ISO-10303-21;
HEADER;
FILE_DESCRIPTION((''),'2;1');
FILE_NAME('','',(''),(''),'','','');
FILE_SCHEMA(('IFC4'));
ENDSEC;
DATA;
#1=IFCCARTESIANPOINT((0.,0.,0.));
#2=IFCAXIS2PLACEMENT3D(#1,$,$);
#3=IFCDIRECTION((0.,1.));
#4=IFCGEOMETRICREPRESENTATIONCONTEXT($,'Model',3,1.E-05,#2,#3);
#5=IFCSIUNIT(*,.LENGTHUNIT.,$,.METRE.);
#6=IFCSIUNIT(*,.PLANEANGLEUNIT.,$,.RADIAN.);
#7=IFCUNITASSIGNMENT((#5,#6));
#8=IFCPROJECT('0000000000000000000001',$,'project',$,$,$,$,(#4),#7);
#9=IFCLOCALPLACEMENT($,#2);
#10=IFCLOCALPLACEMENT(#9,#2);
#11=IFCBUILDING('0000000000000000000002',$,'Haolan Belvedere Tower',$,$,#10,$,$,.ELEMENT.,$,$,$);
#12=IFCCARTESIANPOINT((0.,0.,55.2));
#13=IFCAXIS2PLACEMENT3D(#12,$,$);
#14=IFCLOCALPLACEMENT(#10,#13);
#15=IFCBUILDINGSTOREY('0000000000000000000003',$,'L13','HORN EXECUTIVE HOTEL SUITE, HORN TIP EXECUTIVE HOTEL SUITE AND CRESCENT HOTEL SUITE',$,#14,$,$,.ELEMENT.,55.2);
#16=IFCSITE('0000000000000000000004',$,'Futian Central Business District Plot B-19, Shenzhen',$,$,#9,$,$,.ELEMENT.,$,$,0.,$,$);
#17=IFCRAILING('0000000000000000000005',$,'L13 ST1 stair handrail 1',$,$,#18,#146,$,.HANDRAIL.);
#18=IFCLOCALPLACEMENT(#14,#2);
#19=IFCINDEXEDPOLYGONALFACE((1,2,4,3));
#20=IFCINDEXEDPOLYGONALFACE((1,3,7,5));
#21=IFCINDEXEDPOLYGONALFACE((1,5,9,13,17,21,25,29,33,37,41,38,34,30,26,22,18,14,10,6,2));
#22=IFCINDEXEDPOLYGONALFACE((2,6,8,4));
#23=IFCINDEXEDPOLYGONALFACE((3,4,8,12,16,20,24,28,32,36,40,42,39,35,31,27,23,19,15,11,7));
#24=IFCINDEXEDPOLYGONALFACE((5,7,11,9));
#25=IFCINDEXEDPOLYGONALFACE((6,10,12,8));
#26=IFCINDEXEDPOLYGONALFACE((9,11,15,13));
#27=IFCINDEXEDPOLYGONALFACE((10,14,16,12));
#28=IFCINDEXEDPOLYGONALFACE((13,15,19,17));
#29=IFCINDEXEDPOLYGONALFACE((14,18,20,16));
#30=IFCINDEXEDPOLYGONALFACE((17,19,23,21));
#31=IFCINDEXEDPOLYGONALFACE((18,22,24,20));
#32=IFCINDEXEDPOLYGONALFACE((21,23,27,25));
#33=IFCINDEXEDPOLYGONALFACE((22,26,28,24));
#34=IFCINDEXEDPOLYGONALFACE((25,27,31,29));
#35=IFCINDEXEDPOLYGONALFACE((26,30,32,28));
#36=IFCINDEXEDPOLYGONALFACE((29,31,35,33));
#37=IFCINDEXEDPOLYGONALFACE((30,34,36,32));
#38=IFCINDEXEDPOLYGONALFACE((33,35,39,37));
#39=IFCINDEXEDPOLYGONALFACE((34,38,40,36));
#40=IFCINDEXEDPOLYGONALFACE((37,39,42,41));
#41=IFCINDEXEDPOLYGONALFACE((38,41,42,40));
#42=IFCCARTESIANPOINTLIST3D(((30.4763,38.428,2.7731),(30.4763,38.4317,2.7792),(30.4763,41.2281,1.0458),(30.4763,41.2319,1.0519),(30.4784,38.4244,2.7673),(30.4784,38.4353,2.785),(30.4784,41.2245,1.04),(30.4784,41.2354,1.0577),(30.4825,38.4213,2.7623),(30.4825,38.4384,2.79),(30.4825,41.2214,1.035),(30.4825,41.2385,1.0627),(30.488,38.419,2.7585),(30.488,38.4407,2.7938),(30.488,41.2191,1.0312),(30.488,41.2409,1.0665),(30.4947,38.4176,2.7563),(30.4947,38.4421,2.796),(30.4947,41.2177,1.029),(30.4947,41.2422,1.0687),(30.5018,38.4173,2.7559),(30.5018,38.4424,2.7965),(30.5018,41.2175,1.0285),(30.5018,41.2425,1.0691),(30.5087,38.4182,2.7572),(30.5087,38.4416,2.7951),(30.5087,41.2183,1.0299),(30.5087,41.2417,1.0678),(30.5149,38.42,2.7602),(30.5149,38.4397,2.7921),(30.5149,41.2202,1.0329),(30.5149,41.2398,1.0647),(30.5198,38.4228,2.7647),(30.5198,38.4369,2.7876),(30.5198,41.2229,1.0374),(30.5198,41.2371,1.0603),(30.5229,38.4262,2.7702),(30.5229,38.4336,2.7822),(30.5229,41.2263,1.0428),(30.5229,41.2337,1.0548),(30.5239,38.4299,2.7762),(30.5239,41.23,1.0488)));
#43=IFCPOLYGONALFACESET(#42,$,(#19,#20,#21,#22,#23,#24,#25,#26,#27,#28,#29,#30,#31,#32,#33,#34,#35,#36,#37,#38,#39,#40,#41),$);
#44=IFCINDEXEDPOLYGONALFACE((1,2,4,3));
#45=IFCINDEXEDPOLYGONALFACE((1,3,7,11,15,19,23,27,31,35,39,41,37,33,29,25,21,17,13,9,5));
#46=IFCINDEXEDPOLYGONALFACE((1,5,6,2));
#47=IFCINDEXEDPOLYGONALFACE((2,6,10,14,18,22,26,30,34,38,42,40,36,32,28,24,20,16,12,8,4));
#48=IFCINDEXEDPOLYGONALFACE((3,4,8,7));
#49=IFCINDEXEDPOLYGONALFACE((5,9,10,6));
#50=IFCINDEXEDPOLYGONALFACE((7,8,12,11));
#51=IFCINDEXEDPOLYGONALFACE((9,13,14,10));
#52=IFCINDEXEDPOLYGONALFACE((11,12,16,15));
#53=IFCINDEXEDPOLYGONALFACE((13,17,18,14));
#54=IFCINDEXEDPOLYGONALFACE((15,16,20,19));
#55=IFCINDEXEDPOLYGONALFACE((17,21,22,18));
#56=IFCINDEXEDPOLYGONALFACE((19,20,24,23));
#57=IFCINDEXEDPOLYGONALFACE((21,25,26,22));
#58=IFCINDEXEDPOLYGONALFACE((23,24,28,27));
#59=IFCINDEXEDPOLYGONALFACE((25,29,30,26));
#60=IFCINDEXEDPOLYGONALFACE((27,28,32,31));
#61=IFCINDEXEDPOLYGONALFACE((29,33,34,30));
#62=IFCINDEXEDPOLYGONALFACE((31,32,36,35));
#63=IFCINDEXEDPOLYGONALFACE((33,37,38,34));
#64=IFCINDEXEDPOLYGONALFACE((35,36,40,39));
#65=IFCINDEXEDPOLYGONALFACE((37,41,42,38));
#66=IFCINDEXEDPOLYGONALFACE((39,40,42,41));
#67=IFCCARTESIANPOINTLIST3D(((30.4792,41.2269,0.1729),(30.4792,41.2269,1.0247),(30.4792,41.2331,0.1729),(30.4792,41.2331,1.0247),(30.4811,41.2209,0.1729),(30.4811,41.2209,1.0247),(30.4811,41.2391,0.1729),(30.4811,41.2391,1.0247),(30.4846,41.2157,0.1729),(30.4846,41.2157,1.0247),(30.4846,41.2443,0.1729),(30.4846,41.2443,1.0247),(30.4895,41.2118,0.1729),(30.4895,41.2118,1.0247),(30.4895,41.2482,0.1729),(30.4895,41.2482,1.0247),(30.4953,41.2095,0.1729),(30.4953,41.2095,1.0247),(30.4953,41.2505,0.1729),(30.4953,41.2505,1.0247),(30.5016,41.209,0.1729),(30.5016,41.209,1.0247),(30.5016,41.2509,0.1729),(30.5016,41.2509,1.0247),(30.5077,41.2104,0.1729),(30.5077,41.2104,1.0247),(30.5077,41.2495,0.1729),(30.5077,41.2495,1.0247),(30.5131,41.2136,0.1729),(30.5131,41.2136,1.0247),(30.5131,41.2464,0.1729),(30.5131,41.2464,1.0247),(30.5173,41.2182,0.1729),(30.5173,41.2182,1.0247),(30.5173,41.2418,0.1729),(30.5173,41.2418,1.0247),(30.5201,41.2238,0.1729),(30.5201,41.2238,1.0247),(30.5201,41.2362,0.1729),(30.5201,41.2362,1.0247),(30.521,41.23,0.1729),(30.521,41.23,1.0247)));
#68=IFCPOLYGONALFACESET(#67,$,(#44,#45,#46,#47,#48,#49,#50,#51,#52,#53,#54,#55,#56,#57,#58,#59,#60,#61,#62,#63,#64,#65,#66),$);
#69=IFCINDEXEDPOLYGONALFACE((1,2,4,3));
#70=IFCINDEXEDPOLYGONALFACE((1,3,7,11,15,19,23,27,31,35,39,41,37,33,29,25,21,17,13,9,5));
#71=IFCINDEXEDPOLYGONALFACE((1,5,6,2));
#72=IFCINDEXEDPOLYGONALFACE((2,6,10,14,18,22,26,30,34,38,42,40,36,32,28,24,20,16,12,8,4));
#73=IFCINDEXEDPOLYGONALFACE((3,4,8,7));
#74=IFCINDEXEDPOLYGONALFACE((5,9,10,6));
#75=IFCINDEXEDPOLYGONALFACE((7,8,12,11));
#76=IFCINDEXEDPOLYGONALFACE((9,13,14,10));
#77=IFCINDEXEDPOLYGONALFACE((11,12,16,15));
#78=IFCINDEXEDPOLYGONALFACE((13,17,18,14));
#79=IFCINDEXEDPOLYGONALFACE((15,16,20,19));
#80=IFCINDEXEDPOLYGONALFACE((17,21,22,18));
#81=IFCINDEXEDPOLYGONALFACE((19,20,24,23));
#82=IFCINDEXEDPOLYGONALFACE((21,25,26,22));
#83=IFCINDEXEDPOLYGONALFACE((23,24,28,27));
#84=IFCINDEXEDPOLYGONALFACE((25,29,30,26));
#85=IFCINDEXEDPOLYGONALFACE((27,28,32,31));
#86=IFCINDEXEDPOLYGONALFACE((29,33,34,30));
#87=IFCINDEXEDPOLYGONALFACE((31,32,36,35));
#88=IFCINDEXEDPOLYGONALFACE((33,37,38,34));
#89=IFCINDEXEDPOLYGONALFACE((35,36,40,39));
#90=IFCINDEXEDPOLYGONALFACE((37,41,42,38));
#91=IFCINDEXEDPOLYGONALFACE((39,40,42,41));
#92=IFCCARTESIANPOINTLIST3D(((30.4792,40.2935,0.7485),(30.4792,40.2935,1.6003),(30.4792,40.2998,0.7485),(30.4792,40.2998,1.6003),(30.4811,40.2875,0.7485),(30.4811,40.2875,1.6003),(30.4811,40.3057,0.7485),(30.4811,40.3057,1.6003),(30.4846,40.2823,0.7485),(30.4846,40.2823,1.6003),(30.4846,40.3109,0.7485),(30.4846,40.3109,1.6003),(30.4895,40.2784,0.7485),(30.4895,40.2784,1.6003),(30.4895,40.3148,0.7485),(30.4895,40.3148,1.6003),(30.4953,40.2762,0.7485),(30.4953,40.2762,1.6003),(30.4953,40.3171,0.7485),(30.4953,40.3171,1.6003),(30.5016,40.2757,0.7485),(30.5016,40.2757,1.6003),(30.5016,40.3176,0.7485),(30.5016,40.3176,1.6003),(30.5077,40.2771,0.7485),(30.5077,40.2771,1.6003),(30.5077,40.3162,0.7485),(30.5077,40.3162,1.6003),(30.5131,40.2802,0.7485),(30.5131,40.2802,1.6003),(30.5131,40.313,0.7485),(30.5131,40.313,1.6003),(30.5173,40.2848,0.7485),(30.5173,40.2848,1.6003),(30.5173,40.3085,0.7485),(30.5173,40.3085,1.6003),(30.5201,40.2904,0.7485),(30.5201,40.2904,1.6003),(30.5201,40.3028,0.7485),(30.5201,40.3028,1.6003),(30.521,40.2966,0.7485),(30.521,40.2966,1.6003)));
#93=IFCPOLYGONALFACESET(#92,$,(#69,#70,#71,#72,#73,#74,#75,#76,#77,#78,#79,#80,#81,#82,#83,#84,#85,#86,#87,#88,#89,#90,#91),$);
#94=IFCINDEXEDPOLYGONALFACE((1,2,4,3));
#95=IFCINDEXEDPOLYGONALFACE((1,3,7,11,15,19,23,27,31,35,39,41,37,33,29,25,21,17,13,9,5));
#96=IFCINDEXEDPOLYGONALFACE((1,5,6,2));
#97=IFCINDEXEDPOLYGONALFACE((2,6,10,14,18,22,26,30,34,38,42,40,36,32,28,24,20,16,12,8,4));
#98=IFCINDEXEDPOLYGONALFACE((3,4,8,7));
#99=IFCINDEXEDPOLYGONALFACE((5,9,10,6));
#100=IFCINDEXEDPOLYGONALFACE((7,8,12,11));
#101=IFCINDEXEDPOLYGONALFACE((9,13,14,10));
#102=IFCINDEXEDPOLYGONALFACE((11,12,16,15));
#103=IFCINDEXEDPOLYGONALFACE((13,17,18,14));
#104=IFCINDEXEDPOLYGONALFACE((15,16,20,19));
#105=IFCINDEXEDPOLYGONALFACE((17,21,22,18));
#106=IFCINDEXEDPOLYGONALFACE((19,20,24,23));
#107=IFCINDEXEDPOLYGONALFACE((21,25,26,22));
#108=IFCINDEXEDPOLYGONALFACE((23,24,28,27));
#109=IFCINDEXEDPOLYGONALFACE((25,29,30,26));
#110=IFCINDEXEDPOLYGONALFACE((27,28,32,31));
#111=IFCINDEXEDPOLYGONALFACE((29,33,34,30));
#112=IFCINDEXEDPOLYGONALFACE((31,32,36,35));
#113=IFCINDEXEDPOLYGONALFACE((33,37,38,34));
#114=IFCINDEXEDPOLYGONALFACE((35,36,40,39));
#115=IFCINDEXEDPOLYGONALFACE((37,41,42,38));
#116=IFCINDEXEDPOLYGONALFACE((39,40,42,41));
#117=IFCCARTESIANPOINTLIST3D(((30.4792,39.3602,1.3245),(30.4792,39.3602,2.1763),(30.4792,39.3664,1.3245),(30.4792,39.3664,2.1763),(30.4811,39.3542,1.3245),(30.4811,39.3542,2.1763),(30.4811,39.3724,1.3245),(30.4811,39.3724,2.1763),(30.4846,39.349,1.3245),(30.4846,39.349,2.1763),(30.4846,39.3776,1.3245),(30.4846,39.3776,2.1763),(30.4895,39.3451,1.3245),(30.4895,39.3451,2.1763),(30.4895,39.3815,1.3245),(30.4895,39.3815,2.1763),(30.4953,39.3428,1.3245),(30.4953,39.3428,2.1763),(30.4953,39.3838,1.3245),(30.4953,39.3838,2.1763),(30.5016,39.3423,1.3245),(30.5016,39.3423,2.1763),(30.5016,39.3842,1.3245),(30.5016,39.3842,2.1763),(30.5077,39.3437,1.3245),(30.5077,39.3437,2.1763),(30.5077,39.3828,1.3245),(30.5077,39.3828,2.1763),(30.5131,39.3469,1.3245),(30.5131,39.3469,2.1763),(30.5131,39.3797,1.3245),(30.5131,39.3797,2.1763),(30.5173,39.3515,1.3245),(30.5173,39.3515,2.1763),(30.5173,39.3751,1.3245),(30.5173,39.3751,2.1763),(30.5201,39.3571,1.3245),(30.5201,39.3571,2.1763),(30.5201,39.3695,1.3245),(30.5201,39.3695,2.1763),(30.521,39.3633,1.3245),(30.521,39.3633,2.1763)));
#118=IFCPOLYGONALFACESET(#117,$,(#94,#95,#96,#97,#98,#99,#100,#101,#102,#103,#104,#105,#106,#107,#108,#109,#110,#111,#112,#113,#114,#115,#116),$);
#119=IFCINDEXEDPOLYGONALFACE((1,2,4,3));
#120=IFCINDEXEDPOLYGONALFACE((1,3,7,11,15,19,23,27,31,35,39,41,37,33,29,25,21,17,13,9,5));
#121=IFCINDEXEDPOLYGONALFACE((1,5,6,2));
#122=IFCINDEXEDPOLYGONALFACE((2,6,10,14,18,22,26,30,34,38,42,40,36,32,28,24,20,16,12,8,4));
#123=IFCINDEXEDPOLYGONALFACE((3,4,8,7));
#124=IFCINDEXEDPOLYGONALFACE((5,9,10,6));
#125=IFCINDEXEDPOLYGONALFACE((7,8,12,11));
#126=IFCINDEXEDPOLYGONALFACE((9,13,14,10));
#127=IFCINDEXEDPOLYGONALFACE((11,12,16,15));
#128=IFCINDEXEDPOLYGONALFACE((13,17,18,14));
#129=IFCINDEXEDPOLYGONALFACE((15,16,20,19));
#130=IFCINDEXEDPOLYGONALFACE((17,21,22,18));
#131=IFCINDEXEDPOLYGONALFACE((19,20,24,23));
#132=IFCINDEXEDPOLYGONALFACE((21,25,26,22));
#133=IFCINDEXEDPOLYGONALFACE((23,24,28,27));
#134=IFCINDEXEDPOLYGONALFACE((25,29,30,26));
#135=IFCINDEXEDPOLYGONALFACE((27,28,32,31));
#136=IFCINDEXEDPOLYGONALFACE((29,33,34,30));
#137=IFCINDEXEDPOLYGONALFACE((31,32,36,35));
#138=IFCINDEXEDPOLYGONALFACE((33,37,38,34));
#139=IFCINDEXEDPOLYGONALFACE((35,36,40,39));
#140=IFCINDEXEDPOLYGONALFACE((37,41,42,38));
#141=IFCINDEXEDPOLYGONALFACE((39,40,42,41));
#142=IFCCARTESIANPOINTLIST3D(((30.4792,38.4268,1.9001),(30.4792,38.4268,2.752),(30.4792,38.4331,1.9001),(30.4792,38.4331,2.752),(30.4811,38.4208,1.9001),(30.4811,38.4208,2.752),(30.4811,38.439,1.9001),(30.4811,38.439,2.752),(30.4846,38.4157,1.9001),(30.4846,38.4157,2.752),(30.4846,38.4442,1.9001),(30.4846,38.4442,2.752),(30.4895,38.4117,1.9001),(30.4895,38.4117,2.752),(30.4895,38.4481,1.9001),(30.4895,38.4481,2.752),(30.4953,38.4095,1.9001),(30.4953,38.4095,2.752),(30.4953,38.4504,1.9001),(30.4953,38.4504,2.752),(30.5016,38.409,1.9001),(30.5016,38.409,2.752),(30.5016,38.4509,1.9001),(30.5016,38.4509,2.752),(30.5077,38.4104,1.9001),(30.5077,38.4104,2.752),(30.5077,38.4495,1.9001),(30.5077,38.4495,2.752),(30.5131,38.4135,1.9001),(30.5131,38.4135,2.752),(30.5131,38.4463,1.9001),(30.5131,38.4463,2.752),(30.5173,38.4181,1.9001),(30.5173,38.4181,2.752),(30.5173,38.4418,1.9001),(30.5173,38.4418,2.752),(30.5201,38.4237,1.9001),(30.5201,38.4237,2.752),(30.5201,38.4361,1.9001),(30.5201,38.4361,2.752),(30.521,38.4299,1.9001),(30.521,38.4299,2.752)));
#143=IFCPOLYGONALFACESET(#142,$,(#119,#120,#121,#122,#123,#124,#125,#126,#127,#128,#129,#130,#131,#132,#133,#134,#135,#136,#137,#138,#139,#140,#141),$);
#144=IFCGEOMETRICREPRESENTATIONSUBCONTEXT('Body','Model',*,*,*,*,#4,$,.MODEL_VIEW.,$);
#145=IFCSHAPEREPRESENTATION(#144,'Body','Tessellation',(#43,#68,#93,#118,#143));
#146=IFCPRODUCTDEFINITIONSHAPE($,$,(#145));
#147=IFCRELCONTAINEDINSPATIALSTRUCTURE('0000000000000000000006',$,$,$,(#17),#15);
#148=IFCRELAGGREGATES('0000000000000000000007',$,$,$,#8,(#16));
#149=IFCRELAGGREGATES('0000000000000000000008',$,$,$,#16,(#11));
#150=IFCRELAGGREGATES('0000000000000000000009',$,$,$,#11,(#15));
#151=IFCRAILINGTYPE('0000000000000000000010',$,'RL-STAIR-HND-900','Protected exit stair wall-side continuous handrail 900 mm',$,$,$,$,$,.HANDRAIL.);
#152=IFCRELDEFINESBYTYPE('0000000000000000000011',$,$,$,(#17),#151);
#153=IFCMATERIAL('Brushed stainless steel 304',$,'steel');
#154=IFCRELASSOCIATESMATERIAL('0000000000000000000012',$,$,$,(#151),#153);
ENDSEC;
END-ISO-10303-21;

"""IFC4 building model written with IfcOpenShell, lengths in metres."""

from ifc_helpers import new_model, si_unit, direction, frame, origin, origin_2d, place, context, subcontext, project, spatial, circle, extrude, material, type_object, element, save


model = new_model("IFC4")

# Units and contexts
model_context = context("Model", 3, precision=1e-05, world=origin(), true_north=direction((0.0, 1.0)))
body_context = subcontext(model_context, "Body", "Model", "MODEL_VIEW")
ifc_project = project(units=[si_unit("LENGTHUNIT", "METRE"), si_unit("PLANEANGLEUNIT", "RADIAN")], contexts=[model_context])

# Site, building, storey
site_placement = place(None, origin())
site = spatial("IfcSite", under=ifc_project, at=site_placement, Name="Futian Central Business District Plot B-19, Shenzhen", CompositionType="ELEMENT", RefElevation=0.0)
building_placement = place(site_placement, origin())
building = spatial("IfcBuilding", under=site, at=building_placement, Name="Haolan Belvedere Tower", CompositionType="ELEMENT")
storey_placement = place(building_placement, frame((0.0, 0.0, 55.2)))
storey = spatial("IfcBuildingStorey", under=building, at=storey_placement, Name="L13", Description="HORN EXECUTIVE HOTEL SUITE, HORN TIP EXECUTIVE HOTEL SUITE AND CRESCENT HOTEL SUITE", CompositionType="ELEMENT", Elevation=55.2)

# Railing
ifc_material_1 = material(Name="Brushed stainless steel 304", Category="steel")
railing_type_1 = type_object("IfcRailingType", Name="RL-STAIR-HND-900", Description="Protected exit stair wall-side continuous handrail 900 mm", PredefinedType="HANDRAIL", material=ifc_material_1)
railing_1_placement = place(storey_placement, frame((30.5, 41.23, 0.1729)))
element("IfcRailing", 1, at=railing_1_placement, inside=storey, type_object=railing_type_1, Name="L13 ST1 stair handrail 1", PredefinedType="HANDRAIL", context=body_context, shape_type="SweptSolid", body=[
    extrude(circle(Radius=0.0239, at=origin_2d()), frame((0.0, 0.0, 0.876), z_axis=(0.0, -0.85109, 0.52502), x_axis=(1.0, 0.0, 0.0)), (0.0, 0.0, 1.0), 3.29),
    extrude(circle(Radius=0.021, at=origin_2d()), origin(), (0.0, 0.0, 1.0), 0.8518),
    extrude(circle(Radius=0.021, at=origin_2d()), frame((0.0, -0.9333, 0.5757)), (0.0, 0.0, 1.0), 0.8518),
    extrude(circle(Radius=0.021, at=origin_2d()), frame((0.0, -1.8667, 1.1516)), (0.0, 0.0, 1.0), 0.8518),
    extrude(circle(Radius=0.021, at=origin_2d()), frame((0.0, -2.8, 1.7273)), (0.0, 0.0, 1.0), 0.8518),
])

save(model, "model.ifc")
